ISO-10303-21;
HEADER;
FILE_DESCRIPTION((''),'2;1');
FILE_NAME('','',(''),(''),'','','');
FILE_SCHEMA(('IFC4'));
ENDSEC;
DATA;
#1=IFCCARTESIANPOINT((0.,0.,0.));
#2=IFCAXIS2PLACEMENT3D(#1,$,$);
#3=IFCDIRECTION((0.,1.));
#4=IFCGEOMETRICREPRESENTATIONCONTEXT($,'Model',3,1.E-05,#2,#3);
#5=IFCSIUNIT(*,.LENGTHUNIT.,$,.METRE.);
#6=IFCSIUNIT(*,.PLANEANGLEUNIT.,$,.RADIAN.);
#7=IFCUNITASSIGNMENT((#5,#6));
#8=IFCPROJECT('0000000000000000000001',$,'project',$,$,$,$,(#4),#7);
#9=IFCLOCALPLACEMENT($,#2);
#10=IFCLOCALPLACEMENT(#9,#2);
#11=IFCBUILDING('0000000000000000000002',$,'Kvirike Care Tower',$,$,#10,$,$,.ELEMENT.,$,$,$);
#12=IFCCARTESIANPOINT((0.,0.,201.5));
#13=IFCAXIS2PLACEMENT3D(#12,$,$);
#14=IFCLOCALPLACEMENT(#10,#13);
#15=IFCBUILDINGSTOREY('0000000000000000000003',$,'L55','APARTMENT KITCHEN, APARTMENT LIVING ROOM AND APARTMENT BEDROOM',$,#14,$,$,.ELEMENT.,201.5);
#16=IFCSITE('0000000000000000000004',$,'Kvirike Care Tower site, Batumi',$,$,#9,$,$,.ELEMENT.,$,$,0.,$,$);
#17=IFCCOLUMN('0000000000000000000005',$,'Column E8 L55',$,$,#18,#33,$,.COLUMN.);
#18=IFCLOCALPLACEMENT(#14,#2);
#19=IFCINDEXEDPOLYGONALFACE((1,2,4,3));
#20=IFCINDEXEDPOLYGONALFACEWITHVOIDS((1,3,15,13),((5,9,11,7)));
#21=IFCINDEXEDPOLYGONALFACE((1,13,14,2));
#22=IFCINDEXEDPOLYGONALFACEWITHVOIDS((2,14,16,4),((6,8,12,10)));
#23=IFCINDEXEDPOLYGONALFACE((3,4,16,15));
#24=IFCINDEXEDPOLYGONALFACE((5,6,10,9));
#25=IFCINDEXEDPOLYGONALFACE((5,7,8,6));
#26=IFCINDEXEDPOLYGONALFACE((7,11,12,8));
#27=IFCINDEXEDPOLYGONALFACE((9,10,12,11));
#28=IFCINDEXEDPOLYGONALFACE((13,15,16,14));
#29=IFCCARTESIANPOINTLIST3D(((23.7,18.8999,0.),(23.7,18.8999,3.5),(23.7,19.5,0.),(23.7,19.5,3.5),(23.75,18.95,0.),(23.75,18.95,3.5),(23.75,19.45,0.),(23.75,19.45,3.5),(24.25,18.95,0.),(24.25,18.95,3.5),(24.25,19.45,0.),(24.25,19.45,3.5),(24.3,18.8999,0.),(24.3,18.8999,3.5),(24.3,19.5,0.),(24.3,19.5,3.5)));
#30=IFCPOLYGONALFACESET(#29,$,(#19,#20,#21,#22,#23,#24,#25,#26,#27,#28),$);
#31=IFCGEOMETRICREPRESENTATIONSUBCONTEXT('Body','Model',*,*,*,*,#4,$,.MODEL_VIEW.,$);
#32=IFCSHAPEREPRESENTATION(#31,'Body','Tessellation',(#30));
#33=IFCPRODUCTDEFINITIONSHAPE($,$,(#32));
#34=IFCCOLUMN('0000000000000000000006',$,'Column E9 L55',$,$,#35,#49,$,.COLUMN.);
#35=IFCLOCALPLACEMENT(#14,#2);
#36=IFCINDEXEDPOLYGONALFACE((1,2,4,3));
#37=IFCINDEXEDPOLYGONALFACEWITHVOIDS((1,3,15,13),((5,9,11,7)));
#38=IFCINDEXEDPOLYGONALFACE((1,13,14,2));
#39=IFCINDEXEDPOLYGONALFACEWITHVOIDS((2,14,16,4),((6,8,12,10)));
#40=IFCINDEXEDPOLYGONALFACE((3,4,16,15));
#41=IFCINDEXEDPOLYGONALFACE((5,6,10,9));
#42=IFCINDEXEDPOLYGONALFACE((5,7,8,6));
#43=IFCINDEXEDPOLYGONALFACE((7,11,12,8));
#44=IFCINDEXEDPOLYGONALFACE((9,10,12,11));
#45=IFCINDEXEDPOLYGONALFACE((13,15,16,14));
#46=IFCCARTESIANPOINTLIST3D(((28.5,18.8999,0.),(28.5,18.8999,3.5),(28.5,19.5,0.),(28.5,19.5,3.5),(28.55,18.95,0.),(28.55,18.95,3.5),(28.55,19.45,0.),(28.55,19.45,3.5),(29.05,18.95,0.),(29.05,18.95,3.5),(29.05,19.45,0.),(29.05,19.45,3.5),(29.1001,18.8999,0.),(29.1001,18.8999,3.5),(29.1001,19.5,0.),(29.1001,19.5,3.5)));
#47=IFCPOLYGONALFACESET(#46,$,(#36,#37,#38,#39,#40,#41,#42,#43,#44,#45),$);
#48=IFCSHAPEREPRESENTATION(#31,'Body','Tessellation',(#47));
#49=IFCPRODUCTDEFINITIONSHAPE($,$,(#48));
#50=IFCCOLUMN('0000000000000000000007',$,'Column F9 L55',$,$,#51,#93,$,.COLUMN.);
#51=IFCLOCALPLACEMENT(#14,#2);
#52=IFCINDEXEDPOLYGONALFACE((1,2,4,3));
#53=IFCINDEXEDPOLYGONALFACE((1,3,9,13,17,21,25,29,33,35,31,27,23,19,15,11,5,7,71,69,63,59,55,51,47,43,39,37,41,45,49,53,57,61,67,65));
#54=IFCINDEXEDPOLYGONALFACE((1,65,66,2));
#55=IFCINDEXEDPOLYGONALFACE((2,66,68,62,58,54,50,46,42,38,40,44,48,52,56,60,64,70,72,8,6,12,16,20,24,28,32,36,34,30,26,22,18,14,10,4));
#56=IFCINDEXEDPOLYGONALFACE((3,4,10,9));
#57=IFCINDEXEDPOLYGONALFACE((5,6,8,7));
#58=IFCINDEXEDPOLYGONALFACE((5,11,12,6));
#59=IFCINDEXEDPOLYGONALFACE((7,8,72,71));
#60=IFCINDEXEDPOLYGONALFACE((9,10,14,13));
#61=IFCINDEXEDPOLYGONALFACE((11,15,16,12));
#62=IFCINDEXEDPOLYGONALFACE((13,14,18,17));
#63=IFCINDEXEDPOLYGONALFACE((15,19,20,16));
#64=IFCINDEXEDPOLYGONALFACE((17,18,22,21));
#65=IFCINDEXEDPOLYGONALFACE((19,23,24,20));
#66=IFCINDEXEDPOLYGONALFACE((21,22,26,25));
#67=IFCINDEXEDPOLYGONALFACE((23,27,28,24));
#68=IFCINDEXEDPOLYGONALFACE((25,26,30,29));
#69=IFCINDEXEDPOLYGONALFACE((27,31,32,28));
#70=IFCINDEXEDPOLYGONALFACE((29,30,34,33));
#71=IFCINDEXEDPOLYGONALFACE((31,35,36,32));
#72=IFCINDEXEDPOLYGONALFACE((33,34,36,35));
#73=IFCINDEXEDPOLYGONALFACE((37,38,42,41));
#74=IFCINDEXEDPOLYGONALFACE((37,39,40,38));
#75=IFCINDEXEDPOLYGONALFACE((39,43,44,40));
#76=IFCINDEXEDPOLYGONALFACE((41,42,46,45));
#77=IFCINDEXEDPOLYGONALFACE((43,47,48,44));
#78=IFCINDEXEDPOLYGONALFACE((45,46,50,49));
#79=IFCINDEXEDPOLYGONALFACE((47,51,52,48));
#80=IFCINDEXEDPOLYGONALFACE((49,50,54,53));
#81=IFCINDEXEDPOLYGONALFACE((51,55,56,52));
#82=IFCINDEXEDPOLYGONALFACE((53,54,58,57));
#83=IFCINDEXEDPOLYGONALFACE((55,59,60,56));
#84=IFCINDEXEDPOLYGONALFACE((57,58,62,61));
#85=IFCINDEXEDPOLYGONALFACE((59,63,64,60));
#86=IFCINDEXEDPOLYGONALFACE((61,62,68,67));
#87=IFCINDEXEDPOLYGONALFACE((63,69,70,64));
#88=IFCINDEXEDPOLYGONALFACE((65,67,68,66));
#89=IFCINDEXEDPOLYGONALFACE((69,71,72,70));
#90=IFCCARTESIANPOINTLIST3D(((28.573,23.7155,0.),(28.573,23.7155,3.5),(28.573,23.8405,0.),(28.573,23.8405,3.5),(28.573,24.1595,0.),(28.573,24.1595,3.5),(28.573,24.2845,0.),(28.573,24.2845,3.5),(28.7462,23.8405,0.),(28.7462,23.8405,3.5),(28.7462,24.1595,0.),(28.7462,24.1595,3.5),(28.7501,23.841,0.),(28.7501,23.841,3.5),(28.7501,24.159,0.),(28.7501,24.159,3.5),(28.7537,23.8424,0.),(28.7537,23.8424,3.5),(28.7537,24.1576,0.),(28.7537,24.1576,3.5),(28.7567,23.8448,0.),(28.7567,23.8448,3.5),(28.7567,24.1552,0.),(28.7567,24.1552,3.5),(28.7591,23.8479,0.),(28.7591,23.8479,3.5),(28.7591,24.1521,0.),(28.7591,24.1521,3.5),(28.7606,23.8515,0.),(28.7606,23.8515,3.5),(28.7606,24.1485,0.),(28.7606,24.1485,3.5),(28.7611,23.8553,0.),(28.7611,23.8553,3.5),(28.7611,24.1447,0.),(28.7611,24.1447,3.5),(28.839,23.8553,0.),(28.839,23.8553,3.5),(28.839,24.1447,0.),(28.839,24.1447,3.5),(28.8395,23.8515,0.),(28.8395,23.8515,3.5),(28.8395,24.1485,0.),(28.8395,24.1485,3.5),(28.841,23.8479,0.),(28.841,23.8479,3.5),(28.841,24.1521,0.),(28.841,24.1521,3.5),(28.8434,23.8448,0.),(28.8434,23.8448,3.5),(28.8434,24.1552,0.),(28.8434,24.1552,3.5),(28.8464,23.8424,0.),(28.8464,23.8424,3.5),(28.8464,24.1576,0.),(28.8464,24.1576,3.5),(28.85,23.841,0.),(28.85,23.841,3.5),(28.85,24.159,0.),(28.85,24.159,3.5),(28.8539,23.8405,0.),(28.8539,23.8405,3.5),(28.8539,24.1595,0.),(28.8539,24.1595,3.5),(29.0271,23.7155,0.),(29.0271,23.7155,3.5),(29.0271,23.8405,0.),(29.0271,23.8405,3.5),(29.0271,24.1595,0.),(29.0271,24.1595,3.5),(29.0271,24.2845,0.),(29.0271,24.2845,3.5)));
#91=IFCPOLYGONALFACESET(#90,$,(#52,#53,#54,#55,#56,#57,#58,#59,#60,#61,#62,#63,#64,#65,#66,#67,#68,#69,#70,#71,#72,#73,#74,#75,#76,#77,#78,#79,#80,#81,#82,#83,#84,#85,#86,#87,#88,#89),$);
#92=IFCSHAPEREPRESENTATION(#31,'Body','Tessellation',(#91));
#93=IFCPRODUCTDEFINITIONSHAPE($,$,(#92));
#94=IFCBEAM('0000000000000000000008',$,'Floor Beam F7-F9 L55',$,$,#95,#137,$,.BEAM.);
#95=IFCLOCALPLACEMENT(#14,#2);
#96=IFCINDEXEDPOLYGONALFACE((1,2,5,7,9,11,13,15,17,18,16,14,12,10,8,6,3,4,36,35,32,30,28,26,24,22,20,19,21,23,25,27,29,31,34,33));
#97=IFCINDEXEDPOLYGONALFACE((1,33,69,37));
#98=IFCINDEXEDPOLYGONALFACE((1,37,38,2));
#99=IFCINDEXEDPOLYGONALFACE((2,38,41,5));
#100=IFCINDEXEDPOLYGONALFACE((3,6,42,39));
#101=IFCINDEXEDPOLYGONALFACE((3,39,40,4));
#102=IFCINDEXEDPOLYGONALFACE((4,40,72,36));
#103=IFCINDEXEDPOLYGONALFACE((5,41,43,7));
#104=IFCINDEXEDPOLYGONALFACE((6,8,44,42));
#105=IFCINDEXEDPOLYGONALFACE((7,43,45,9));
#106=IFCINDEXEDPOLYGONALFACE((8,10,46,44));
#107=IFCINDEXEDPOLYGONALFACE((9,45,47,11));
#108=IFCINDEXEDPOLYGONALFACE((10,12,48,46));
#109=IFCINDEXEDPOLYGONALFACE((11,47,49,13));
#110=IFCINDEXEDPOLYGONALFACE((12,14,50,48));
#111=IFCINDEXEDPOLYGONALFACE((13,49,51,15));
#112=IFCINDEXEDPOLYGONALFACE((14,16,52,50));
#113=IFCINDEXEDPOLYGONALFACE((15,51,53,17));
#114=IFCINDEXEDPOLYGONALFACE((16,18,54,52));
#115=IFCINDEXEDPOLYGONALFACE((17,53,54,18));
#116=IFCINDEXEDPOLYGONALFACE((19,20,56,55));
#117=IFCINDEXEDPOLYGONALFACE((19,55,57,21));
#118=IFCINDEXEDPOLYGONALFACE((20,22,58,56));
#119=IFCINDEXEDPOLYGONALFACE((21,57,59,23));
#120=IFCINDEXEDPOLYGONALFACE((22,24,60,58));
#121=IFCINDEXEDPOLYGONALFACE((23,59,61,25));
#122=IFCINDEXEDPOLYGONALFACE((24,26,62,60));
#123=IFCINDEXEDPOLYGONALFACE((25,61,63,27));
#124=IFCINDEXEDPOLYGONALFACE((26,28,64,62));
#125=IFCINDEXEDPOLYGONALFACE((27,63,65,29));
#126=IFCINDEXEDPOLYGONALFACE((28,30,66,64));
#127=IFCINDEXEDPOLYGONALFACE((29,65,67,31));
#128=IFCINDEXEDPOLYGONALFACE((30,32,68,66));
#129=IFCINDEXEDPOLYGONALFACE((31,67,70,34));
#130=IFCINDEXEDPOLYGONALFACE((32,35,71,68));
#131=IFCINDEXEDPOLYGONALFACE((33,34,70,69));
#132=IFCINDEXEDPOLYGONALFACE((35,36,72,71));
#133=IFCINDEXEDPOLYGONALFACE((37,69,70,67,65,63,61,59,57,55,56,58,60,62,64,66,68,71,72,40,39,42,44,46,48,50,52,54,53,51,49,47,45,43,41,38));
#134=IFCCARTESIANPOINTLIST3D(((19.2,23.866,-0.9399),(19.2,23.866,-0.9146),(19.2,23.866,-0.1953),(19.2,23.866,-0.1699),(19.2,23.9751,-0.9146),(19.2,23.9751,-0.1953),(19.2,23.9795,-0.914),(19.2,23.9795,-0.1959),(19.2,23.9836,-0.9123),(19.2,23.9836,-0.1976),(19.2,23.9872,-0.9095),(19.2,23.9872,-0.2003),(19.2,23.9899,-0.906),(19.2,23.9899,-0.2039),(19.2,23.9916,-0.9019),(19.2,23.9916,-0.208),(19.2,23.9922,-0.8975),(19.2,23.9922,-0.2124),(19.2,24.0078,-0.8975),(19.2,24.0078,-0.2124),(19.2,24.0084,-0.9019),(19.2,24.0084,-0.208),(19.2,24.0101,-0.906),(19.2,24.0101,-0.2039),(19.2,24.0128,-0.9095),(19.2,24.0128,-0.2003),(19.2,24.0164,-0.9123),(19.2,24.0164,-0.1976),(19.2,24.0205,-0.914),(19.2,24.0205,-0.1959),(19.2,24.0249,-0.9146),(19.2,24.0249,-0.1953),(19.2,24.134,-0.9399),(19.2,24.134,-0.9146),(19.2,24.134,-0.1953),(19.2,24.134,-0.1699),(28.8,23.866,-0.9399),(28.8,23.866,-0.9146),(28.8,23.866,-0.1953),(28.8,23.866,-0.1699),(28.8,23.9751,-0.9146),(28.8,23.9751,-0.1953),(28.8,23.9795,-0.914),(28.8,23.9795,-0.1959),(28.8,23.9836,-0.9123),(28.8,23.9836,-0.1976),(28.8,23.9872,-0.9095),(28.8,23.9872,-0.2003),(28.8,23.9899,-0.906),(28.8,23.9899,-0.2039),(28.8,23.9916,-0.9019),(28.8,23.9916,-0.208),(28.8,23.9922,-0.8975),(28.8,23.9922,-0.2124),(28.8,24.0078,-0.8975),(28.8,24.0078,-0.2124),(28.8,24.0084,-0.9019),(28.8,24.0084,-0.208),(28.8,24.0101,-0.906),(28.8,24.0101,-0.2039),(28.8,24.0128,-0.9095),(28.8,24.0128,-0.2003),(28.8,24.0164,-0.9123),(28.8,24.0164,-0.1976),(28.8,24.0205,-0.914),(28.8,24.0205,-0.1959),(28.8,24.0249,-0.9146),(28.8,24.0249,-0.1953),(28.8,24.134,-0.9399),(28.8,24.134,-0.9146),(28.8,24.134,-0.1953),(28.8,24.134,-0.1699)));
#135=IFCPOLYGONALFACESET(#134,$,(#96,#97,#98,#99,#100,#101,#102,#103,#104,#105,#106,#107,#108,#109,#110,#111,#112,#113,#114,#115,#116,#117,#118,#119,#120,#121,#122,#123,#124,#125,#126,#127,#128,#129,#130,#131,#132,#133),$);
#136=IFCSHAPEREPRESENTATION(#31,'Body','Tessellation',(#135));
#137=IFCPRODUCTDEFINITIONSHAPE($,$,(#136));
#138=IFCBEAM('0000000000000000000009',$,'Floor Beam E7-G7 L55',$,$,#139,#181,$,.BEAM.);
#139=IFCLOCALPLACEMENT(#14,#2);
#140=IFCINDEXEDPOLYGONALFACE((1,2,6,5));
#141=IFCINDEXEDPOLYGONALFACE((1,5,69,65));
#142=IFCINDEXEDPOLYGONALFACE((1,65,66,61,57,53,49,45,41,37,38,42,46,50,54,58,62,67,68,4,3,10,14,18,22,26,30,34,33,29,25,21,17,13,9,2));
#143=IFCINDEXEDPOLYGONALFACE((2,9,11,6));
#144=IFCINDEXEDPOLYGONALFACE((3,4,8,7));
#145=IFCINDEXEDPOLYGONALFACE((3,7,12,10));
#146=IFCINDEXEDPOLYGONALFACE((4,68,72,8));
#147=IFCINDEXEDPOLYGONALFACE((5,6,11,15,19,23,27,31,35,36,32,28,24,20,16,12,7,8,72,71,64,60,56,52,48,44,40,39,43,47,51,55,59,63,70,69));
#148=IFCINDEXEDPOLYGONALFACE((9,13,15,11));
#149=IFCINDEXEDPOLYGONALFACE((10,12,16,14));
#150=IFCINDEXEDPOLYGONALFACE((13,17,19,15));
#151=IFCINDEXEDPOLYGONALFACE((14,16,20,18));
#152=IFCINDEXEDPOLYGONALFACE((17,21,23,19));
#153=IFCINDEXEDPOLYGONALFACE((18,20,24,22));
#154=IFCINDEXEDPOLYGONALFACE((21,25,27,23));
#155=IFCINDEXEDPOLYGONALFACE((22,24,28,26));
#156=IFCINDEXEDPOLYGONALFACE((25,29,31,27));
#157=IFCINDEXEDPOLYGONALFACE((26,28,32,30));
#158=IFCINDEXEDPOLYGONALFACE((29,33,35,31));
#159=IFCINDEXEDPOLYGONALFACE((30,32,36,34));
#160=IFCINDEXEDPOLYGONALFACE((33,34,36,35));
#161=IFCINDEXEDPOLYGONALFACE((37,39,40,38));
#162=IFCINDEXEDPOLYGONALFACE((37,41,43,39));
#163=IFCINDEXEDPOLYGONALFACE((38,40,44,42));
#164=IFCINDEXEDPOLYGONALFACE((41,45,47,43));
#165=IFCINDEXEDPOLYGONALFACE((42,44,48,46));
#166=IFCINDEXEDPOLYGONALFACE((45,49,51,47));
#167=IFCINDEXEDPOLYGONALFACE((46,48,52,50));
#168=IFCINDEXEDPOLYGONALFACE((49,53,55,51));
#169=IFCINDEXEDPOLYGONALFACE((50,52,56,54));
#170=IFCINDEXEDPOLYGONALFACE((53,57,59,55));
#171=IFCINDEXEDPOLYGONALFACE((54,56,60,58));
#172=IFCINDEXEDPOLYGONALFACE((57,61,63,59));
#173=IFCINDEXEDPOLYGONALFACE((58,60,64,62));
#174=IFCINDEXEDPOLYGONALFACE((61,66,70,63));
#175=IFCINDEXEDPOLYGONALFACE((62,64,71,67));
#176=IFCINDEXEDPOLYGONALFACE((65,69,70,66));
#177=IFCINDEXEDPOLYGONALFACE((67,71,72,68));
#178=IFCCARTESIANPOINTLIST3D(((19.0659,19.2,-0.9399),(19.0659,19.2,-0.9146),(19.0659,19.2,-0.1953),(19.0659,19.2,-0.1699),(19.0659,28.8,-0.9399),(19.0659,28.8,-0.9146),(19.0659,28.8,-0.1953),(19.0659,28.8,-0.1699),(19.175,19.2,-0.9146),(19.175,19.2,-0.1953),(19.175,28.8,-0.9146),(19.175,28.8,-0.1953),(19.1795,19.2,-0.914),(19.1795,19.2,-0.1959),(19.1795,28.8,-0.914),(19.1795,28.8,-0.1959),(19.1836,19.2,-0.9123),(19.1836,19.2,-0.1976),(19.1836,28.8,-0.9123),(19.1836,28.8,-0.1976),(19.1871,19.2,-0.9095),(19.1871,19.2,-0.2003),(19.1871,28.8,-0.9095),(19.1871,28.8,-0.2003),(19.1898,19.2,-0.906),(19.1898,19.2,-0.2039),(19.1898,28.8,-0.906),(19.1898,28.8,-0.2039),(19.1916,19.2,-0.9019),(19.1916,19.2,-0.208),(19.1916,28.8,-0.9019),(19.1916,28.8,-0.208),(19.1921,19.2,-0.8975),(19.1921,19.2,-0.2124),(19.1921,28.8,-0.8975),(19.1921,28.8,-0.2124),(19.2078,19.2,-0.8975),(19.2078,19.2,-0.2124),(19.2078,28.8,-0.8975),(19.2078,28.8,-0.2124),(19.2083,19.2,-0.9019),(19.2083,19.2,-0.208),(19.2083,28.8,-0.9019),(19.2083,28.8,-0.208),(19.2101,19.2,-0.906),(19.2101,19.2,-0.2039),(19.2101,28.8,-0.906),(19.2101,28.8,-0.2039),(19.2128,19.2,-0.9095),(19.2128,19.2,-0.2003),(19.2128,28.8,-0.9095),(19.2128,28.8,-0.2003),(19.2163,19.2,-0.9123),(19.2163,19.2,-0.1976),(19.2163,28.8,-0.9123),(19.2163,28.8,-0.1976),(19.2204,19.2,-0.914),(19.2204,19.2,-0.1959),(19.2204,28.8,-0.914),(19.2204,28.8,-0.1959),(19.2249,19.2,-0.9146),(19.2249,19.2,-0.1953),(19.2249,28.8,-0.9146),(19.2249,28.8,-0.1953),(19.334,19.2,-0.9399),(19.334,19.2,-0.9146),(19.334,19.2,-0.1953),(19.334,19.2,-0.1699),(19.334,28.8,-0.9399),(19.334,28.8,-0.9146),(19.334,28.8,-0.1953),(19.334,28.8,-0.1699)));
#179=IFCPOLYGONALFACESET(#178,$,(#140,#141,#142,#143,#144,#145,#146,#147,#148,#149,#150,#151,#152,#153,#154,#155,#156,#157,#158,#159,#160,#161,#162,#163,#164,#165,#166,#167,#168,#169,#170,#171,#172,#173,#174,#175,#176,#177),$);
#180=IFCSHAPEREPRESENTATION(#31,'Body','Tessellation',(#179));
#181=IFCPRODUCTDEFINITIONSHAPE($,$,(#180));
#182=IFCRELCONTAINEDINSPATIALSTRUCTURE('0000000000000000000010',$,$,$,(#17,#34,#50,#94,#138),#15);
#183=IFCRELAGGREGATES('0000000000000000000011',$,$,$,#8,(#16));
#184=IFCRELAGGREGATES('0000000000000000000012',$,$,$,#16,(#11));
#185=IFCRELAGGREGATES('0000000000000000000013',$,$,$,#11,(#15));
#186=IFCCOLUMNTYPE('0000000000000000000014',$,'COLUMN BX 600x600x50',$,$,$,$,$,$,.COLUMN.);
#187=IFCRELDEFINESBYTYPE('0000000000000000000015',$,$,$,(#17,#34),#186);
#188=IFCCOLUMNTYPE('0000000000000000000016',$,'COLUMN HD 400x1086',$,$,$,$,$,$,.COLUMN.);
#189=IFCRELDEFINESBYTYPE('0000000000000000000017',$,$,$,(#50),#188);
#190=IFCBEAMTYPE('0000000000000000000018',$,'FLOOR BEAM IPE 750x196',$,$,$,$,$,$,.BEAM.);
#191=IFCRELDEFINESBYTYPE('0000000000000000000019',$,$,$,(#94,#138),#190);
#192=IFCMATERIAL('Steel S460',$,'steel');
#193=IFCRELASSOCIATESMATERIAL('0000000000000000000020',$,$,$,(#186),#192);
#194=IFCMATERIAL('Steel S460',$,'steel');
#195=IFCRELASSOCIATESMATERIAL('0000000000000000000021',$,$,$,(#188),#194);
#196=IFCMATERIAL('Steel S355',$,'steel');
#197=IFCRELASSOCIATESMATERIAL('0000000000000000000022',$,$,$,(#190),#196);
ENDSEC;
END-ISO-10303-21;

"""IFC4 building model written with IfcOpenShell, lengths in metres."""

from ifc_helpers import new_model, si_unit, direction, frame, origin, origin_2d, place, context, subcontext, project, spatial, hollow_rectangle, i_section, extrude, material, material_profile, profile_set, type_object, element, save


model = new_model("IFC4")

# Units and contexts
model_context = context("Model", 3, precision=1e-05, world=origin(), true_north=direction((0.0, 1.0)))
body_context = subcontext(model_context, "Body", "Model", "MODEL_VIEW")
ifc_project = project(units=[si_unit("LENGTHUNIT", "METRE"), si_unit("PLANEANGLEUNIT", "RADIAN")], contexts=[model_context])

# Site, building, storey
site_placement = place(None, origin())
site = spatial("IfcSite", under=ifc_project, at=site_placement, Name="Kvirike Care Tower site, Batumi", CompositionType="ELEMENT", RefElevation=0.0)
building_placement = place(site_placement, origin())
building = spatial("IfcBuilding", under=site, at=building_placement, Name="Kvirike Care Tower", CompositionType="ELEMENT")
storey_placement = place(building_placement, frame((0.0, 0.0, 201.5)))
storey = spatial("IfcBuildingStorey", under=building, at=storey_placement, Name="L55", Description="APARTMENT KITCHEN, APARTMENT LIVING ROOM AND APARTMENT BEDROOM", CompositionType="ELEMENT", Elevation=201.5)

# Columns
ifc_material_1 = material(Name="Steel S460", Category="steel")
ifc_material_profile_1 = material_profile(ifc_material_1, hollow_rectangle(XDim=0.6001, YDim=0.6001, WallThickness=0.05, at=origin_2d()), Name="BX 600x600x50")
ifc_profile_set_1 = profile_set([ifc_material_profile_1], Name="Steel S460")
column_type_1 = type_object("IfcColumnType", Name="COLUMN BX 600x600x50", PredefinedType="COLUMN", material=ifc_profile_set_1)
for number, where, z_axis, x_axis, name in (
    (1, (24.0, 19.2, 0.0), (0.0, 0.0, 1.0), (0.0, 1.0, 0.0), "Column E8 L55"),
    (2, (28.8, 19.2, 0.0), (0.0, 0.0, 1.0), (0.0, 1.0, 0.0), "Column E9 L55"),
):
    element("IfcColumn", number, at=place(storey_placement, frame(where, z_axis=z_axis, x_axis=x_axis)), inside=storey, type_object=column_type_1, Name=name, PredefinedType="COLUMN", context=body_context, shape_type="SweptSolid", body=[
        extrude(hollow_rectangle(XDim=0.6001, YDim=0.6001, WallThickness=0.05, at=origin_2d()), origin(), (0.0, 0.0, 1.0), 3.5),
    ])
ifc_material_2 = material(Name="Steel S460", Category="steel")
ifc_material_profile_2 = material_profile(ifc_material_2, i_section(OverallWidth=0.4541, OverallDepth=0.5691, WebThickness=0.0779, FlangeThickness=0.125, FilletRadius=0.0149, at=origin_2d()), Name="HD 400x1086")
ifc_profile_set_2 = profile_set([ifc_material_profile_2], Name="Steel S460")
column_type_2 = type_object("IfcColumnType", Name="COLUMN HD 400x1086", PredefinedType="COLUMN", material=ifc_profile_set_2)
column_placement = place(storey_placement, frame((28.8, 24.0, 0.0), z_axis=(0.0, 0.0, 1.0), x_axis=(1.0, 0.0, 0.0)))
element("IfcColumn", 3, at=column_placement, inside=storey, type_object=column_type_2, Name="Column F9 L55", PredefinedType="COLUMN", context=body_context, shape_type="SweptSolid", body=[
    extrude(i_section(OverallWidth=0.4541, OverallDepth=0.5691, WebThickness=0.0779, FlangeThickness=0.125, FilletRadius=0.0149, at=origin_2d()), origin(), (0.0, 0.0, 1.0), 3.5),
])

# Beams
ifc_material_3 = material(Name="Steel S355", Category="steel")
ifc_material_profile_3 = material_profile(ifc_material_3, i_section(OverallWidth=0.2681, OverallDepth=0.77, WebThickness=0.0156, FlangeThickness=0.0254, FilletRadius=0.0171, at=origin_2d()), Name="IPE 750x196")
ifc_profile_set_3 = profile_set([ifc_material_profile_3], Name="Steel S355")
beam_type_1 = type_object("IfcBeamType", Name="FLOOR BEAM IPE 750x196", PredefinedType="BEAM", material=ifc_profile_set_3)
for number, where, z_axis, x_axis, name in (
    (4, (19.2, 24.0, -0.5549), (1.0, 0.0, 0.0), (0.0, 1.0, 0.0), "Floor Beam F7-F9 L55"),
    (5, (19.2, 19.2, -0.5549), (0.0, 1.0, 0.0), (-1.0, 0.0, 0.0), "Floor Beam E7-G7 L55"),
):
    element("IfcBeam", number, at=place(storey_placement, frame(where, z_axis=z_axis, x_axis=x_axis)), inside=storey, type_object=beam_type_1, Name=name, PredefinedType="BEAM", context=body_context, shape_type="SweptSolid", body=[
        extrude(i_section(OverallWidth=0.2681, OverallDepth=0.77, WebThickness=0.0156, FlangeThickness=0.0254, FilletRadius=0.0171, at=origin_2d()), origin(), (0.0, 0.0, 1.0), 9.6001),
    ])

save(model, "model.ifc")
